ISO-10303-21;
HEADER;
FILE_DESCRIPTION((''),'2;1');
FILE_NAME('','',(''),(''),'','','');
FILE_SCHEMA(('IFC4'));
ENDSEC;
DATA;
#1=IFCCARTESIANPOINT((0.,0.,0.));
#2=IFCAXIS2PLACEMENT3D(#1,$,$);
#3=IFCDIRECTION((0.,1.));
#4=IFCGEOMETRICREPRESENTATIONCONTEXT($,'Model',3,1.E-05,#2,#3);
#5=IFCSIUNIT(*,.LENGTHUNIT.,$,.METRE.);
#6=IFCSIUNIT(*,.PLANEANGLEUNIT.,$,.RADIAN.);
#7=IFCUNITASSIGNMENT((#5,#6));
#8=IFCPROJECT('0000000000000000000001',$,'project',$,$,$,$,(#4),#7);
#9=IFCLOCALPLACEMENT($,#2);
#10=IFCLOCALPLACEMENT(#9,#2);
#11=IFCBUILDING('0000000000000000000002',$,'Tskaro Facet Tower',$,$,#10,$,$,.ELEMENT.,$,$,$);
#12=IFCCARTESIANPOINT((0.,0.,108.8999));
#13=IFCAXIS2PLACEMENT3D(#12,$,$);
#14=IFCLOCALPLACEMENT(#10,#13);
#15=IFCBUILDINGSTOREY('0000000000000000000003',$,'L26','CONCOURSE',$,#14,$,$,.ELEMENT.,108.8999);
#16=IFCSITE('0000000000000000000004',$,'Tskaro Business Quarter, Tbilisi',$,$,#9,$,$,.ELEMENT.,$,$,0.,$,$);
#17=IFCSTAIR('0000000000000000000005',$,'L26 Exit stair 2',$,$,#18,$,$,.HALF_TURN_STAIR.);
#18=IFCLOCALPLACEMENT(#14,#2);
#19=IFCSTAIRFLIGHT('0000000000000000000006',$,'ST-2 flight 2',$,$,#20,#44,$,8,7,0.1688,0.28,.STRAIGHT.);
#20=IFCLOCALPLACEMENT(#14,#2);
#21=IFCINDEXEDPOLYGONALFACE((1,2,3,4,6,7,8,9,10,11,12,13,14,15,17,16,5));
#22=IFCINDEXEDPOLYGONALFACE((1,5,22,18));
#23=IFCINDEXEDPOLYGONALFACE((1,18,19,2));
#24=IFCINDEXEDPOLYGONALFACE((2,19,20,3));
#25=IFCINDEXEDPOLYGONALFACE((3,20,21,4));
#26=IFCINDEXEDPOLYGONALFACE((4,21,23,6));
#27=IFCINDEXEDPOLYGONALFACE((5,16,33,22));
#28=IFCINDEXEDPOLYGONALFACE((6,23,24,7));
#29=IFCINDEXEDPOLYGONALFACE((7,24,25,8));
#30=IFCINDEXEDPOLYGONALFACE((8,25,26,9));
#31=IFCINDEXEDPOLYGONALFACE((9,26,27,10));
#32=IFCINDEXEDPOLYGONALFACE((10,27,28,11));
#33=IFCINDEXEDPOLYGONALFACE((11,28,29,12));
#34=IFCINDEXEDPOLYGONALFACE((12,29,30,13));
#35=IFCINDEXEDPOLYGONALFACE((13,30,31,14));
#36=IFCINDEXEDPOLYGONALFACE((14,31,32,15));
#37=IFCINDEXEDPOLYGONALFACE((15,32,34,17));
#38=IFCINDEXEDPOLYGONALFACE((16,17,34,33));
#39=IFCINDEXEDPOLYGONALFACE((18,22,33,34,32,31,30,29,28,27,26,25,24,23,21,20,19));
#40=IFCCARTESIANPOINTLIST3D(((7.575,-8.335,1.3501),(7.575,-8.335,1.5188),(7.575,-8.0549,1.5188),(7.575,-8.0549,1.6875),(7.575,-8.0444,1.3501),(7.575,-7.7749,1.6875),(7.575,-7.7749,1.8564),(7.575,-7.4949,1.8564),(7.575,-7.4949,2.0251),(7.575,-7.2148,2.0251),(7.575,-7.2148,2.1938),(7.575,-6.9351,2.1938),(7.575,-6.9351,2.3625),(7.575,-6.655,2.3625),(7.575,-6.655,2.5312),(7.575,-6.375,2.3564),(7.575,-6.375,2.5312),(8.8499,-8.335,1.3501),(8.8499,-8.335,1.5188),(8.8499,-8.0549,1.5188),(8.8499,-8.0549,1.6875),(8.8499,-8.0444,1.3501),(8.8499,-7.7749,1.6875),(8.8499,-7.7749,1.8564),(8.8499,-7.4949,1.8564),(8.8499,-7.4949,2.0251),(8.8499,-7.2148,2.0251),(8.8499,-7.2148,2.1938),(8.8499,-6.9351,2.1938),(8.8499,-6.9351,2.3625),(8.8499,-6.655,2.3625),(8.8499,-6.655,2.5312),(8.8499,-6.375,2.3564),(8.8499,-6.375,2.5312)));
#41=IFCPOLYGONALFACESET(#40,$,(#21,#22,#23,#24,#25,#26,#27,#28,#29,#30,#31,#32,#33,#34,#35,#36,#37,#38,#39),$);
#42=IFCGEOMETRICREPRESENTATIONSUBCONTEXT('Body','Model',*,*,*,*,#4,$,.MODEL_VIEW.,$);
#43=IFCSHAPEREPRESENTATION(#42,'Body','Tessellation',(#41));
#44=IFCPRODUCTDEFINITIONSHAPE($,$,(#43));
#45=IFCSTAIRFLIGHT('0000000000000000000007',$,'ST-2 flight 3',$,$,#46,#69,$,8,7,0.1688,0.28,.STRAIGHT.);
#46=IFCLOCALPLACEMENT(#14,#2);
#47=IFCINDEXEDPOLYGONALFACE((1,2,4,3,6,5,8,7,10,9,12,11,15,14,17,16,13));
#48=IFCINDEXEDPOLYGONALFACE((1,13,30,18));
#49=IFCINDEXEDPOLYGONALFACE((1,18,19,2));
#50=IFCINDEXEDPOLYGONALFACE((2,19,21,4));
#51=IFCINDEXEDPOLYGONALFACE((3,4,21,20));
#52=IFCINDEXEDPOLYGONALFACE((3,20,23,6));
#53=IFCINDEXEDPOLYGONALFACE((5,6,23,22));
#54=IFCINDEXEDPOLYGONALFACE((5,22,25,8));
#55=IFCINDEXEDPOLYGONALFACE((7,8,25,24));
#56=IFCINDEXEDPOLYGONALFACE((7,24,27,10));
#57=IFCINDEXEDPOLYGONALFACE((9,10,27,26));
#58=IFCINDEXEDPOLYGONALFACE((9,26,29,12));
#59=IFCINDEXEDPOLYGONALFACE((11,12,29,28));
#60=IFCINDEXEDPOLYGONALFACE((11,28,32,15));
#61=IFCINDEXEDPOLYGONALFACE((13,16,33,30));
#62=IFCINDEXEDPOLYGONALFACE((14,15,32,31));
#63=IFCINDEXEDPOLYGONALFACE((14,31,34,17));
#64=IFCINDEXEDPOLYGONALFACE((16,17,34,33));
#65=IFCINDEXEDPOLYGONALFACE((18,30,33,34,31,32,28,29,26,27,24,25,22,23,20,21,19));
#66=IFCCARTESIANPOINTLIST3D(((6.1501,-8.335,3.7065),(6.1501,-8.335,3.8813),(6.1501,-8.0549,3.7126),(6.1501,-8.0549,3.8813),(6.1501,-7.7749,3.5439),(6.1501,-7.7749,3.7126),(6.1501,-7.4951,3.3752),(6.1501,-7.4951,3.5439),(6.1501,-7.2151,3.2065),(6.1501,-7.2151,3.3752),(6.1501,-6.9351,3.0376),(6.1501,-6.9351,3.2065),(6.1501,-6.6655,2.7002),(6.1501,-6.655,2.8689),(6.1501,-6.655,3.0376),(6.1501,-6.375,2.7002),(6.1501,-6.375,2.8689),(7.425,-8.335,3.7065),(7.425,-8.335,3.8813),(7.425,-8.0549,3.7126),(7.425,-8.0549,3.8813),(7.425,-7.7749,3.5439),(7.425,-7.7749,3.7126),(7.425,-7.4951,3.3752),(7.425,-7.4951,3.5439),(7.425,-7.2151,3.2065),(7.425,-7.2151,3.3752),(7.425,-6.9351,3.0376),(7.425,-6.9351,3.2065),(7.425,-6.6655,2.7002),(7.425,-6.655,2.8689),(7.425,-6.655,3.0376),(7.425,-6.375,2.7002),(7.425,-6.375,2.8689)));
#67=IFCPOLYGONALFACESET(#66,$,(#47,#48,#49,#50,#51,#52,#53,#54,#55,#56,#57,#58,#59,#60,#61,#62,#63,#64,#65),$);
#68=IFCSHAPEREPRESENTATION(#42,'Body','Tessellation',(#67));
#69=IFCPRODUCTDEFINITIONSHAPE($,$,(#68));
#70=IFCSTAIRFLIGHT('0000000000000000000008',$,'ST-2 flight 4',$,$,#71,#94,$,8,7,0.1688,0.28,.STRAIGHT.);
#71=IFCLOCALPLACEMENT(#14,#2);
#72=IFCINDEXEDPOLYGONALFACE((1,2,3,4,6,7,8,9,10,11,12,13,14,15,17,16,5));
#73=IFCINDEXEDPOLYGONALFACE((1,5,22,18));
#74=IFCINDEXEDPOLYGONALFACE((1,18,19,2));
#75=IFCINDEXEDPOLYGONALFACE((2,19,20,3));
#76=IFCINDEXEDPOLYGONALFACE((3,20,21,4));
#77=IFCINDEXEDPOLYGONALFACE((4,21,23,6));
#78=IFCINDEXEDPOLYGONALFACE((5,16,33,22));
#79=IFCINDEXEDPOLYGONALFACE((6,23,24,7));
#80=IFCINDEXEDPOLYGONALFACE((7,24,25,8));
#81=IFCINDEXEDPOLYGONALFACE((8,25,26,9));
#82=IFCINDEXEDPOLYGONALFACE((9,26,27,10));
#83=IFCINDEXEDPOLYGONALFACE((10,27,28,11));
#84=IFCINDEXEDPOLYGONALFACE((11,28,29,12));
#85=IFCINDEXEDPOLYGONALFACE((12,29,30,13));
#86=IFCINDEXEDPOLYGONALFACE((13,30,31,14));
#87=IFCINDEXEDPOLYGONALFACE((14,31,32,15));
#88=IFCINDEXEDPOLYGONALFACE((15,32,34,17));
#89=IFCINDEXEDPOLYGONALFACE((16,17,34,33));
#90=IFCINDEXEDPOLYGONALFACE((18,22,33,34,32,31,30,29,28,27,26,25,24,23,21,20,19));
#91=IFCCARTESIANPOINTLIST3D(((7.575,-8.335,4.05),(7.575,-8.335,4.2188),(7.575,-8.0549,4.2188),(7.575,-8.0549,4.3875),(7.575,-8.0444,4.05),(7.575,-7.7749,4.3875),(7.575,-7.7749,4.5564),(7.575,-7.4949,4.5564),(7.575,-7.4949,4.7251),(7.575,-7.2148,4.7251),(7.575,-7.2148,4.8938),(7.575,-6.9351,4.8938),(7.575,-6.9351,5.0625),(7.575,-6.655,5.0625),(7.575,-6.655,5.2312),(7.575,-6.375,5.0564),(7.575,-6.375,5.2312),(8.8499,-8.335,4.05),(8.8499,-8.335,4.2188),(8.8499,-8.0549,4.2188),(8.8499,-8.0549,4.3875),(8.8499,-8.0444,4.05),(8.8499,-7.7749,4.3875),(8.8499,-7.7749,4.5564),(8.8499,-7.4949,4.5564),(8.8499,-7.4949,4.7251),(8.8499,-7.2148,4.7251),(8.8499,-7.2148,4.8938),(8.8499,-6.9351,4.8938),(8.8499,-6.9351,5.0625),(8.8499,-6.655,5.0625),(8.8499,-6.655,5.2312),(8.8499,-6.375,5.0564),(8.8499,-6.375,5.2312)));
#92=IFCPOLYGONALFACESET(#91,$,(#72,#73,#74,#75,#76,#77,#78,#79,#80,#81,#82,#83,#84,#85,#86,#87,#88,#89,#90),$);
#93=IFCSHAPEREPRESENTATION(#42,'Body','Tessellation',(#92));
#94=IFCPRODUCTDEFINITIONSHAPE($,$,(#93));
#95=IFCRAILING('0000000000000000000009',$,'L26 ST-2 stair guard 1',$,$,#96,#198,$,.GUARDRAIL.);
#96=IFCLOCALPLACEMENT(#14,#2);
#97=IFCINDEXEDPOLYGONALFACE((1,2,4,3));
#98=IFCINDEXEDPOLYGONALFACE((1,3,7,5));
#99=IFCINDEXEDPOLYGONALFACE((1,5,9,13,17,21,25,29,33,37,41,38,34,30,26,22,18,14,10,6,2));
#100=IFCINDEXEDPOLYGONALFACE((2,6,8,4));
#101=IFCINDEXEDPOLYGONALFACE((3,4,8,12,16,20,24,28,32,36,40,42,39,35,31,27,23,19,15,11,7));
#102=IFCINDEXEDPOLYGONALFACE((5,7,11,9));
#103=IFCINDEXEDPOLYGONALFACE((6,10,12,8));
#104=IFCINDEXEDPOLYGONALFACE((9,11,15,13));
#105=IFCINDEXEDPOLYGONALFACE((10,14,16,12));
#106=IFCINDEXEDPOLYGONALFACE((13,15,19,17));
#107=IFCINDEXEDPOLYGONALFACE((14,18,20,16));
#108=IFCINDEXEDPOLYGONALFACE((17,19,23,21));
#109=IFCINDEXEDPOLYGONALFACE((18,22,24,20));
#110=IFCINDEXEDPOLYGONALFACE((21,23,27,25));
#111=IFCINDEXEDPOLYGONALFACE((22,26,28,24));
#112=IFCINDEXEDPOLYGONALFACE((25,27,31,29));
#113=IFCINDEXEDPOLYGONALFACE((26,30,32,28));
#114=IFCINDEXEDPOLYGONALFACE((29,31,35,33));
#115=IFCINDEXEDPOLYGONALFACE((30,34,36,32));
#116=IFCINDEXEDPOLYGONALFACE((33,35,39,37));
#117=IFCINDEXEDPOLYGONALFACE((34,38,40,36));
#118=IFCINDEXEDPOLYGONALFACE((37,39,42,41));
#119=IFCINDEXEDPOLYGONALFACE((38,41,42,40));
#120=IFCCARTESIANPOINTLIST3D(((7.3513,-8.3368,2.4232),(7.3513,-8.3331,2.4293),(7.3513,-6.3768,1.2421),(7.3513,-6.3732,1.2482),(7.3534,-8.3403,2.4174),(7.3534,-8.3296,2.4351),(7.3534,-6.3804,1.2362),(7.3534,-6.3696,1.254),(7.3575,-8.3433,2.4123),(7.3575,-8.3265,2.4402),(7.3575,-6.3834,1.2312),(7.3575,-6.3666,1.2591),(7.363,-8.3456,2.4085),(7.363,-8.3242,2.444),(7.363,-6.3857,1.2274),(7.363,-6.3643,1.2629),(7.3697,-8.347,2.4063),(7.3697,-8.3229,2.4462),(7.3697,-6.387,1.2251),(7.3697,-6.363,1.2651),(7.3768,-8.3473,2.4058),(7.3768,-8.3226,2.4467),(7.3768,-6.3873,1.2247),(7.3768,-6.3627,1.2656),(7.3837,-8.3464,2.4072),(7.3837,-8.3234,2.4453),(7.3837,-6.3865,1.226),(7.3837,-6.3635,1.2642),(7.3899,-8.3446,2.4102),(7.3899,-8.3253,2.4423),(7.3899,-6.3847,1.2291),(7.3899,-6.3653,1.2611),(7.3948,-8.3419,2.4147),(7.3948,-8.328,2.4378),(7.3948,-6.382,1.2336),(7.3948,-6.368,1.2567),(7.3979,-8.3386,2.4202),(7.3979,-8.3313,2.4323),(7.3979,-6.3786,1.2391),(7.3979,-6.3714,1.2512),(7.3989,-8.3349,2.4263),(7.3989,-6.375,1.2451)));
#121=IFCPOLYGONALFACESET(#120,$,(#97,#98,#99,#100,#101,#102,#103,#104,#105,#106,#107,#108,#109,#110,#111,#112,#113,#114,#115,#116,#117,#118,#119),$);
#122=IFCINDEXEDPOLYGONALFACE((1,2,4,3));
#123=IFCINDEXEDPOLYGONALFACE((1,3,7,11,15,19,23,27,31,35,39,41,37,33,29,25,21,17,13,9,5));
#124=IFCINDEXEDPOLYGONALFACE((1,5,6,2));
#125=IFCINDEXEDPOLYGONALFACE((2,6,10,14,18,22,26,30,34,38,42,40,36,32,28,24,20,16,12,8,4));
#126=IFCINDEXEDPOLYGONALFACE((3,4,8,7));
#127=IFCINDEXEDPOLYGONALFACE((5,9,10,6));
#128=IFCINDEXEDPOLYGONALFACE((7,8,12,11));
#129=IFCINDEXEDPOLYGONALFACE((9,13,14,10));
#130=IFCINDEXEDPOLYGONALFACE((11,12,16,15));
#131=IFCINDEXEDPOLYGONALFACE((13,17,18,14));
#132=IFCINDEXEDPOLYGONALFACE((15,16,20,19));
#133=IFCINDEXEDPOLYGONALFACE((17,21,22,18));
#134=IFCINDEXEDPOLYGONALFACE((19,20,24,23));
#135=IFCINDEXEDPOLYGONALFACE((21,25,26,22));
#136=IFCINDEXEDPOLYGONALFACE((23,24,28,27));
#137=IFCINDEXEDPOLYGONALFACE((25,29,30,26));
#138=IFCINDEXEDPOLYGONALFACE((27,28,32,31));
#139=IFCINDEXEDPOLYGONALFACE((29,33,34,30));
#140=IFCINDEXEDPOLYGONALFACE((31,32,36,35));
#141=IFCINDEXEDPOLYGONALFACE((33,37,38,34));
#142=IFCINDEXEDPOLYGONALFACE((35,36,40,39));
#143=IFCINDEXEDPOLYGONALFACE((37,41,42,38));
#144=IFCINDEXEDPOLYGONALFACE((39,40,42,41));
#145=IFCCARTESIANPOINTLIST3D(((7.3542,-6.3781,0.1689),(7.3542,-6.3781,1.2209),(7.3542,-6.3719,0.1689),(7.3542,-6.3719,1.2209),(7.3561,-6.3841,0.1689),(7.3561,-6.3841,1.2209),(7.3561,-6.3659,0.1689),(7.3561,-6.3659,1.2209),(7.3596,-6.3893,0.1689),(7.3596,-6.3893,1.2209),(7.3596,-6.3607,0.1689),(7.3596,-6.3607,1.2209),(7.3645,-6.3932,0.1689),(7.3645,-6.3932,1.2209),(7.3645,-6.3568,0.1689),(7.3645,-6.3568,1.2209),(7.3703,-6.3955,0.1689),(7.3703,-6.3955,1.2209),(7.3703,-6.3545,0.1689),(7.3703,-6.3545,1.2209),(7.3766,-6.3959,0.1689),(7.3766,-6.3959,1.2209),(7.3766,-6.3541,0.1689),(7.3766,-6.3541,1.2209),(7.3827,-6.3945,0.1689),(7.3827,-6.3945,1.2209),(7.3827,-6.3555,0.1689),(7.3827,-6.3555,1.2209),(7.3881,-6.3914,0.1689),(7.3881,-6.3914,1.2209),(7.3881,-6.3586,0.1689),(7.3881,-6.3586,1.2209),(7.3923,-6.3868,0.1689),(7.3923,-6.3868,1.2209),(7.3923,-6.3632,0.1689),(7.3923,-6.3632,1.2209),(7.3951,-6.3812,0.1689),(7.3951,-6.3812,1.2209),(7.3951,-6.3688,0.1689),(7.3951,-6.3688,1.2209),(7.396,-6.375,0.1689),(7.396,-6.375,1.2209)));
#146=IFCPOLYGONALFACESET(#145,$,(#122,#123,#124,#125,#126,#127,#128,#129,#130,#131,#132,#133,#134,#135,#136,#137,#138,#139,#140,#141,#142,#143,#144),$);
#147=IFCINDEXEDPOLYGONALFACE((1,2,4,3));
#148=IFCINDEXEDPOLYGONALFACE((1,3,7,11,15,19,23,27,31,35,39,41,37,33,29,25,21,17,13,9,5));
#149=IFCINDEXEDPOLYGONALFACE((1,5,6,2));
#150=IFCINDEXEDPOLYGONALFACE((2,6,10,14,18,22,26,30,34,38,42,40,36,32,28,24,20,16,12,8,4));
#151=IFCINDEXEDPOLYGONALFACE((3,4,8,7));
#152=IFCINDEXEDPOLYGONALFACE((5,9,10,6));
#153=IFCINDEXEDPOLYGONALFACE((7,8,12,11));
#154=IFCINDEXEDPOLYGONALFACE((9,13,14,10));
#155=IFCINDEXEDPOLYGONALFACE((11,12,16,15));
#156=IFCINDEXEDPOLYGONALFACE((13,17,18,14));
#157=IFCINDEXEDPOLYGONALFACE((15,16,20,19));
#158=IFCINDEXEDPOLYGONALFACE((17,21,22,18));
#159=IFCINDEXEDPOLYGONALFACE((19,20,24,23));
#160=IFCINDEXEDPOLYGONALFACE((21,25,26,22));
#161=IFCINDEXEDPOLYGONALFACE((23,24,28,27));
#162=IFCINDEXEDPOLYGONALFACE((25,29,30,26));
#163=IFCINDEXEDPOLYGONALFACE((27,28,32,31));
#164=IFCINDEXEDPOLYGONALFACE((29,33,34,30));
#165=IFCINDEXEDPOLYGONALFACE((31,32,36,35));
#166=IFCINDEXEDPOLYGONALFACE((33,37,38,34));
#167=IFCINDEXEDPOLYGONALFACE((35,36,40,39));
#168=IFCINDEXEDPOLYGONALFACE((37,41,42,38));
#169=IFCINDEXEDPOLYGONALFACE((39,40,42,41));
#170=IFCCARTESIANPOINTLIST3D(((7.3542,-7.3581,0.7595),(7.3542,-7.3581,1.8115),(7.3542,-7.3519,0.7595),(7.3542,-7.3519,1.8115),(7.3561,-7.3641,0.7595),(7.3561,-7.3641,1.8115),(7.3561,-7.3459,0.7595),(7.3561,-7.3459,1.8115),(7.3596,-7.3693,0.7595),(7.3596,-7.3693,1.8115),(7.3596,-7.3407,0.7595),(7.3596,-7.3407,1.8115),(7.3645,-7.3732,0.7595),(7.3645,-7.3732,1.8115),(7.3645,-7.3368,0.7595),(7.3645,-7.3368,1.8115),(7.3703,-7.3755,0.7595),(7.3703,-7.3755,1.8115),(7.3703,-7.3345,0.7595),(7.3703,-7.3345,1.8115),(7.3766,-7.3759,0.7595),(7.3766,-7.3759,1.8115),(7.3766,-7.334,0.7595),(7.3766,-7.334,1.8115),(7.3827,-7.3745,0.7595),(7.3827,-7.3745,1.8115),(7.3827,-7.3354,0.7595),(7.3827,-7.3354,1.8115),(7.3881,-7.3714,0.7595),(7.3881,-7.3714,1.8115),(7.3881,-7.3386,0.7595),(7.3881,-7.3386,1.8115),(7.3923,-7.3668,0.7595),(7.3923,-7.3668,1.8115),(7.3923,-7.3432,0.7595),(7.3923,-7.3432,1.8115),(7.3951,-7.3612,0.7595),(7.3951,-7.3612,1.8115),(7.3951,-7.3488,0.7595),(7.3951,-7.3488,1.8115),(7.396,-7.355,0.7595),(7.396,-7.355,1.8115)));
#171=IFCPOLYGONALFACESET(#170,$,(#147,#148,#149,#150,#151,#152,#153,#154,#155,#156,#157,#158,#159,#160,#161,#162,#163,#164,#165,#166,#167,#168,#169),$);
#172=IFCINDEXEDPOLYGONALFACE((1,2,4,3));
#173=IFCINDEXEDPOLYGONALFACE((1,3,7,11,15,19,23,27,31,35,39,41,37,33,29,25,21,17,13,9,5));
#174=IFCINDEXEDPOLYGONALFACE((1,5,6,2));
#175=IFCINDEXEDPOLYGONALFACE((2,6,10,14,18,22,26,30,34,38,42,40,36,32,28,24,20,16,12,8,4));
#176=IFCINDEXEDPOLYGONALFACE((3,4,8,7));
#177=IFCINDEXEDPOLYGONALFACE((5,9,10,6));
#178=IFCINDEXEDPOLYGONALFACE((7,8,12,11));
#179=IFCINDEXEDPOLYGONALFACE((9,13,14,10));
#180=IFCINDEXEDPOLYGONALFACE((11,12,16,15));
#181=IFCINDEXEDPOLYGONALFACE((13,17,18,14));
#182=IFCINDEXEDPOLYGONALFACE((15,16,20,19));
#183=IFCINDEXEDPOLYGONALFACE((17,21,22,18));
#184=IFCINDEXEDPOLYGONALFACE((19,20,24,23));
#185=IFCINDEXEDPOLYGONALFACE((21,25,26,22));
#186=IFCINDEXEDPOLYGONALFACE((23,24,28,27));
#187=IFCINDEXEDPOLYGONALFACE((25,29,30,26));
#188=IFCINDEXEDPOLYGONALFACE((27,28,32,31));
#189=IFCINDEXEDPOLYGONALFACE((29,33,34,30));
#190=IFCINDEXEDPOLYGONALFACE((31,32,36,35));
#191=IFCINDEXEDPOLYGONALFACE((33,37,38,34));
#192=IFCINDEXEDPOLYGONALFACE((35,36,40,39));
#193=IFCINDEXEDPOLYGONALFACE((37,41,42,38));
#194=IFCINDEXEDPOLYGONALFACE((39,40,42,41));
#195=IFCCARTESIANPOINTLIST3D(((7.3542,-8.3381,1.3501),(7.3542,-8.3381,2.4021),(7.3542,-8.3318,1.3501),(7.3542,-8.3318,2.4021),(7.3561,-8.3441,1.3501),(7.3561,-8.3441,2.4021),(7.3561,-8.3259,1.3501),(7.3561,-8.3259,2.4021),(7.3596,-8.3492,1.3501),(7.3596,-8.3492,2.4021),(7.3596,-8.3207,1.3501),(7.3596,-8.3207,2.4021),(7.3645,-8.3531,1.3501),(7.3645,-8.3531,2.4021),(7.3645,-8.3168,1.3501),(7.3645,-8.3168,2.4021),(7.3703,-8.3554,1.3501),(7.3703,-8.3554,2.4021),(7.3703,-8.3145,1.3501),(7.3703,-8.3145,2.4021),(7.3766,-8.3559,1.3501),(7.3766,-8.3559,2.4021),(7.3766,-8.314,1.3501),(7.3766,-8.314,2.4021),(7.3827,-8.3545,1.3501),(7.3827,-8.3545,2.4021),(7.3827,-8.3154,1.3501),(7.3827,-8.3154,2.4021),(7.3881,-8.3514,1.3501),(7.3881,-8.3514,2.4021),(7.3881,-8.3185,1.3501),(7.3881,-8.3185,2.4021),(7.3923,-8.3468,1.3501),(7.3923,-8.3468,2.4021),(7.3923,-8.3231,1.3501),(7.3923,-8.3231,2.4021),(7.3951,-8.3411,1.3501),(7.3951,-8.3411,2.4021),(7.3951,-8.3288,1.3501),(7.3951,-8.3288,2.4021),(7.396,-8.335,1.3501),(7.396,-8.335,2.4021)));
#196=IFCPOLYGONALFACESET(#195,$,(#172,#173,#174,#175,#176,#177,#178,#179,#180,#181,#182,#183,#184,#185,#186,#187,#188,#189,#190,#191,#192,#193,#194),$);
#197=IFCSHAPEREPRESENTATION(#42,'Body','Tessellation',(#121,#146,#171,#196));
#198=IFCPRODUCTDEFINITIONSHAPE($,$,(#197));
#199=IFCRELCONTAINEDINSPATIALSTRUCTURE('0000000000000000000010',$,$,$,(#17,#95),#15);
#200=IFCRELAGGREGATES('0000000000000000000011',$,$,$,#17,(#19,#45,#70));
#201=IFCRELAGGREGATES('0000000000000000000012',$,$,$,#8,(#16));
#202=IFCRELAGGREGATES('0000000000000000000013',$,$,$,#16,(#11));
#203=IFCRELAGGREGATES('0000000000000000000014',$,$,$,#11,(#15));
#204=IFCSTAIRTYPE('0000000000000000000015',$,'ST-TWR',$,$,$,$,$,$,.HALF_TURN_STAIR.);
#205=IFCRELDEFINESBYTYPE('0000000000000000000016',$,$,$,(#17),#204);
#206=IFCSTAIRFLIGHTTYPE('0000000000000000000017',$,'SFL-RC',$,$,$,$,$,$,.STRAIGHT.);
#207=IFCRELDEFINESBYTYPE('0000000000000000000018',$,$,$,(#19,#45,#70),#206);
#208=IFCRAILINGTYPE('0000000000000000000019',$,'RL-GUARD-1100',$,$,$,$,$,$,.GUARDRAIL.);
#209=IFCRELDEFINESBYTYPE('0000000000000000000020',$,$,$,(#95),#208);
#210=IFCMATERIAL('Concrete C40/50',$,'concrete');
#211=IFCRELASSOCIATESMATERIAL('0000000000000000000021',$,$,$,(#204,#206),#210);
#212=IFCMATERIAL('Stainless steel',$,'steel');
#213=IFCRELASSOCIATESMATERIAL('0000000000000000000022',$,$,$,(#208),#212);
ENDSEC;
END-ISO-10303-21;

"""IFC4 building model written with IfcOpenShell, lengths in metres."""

from ifc_helpers import new_model, si_unit, direction, frame, origin, origin_2d, place, context, subcontext, project, spatial, polyline, circle, outline, extrude, material, type_object, element, aggregate, save


model = new_model("IFC4")

# Units and contexts
model_context = context("Model", 3, precision=1e-05, world=origin(), true_north=direction((0.0, 1.0)))
body_context = subcontext(model_context, "Body", "Model", "MODEL_VIEW")
ifc_project = project(units=[si_unit("LENGTHUNIT", "METRE"), si_unit("PLANEANGLEUNIT", "RADIAN")], contexts=[model_context])

# Site, building, storey
site_placement = place(None, origin())
site = spatial("IfcSite", under=ifc_project, at=site_placement, Name="Tskaro Business Quarter, Tbilisi", CompositionType="ELEMENT", RefElevation=0.0)
building_placement = place(site_placement, origin())
building = spatial("IfcBuilding", under=site, at=building_placement, Name="Tskaro Facet Tower", CompositionType="ELEMENT")
storey_placement = place(building_placement, frame((0.0, 0.0, 108.8999)))
storey = spatial("IfcBuildingStorey", under=building, at=storey_placement, Name="L26", Description="CONCOURSE", CompositionType="ELEMENT", Elevation=108.8999)

# Shared definitions
ifc_material_1 = material(Name="Stainless steel", Category="steel")

# Shared definitions
ifc_material_2 = material(Name="Concrete C40/50", Category="concrete")

# Stair, stair flights
stair_type = type_object("IfcStairType", Name="ST-TWR", PredefinedType="HALF_TURN_STAIR", material=ifc_material_2)
stair_placement = place(storey_placement, origin())
stair = element("IfcStair", 1, at=stair_placement, inside=storey, type_object=stair_type, Name="L26 Exit stair 2", PredefinedType="HALF_TURN_STAIR")
stair_flight_type = type_object("IfcStairFlightType", Name="SFL-RC", PredefinedType="STRAIGHT", material=ifc_material_2)
stair_flight_1_placement = place(storey_placement, frame((8.2124, -8.335, 1.3501), z_axis=(0.0, 0.0, 1.0), x_axis=(0.0, 1.0, 0.0)))
stair_flight_1 = element("IfcStairFlight", 2, at=stair_flight_1_placement, type_object=stair_flight_type, Name="ST-2 flight 2", NumberOfRisers=8, NumberOfTreads=7, PredefinedType="STRAIGHT", RiserHeight=0.1688, TreadLength=0.28, context=body_context, shape_type="SweptSolid", body=[
    extrude(outline(polyline([(0.0, 0.0), (0.0, 0.1687), (0.28, 0.1687), (0.28, 0.3374), (0.5601, 0.3374), (0.5601, 0.5063), (0.8401, 0.5063), (0.8401, 0.675), (1.1201, 0.675), (1.1201, 0.8438), (1.3999, 0.8438), (1.3999, 1.0125), (1.6799, 1.0125), (1.6799, 1.1812), (1.96, 1.1812), (1.96, 1.3501), (1.96, 1.0063), (0.2905, 0.0), (0.0, 0.0)])), frame((0.0, 0.6375, 0.0), z_axis=(0.0, -1.0, 0.0), x_axis=(1.0, 0.0, 0.0)), (0.0, 0.0, 1.0), 1.2749),
])
stair_flight_2_placement = place(storey_placement, frame((6.7876, -6.375, 2.7002), z_axis=(0.0, 0.0, 1.0), x_axis=(0.0, -1.0, 0.0)))
stair_flight_2 = element("IfcStairFlight", 3, at=stair_flight_2_placement, type_object=stair_flight_type, Name="ST-2 flight 3", NumberOfRisers=8, NumberOfTreads=7, PredefinedType="STRAIGHT", RiserHeight=0.1688, TreadLength=0.28, context=body_context, shape_type="SweptSolid", body=[
    extrude(outline(polyline([(0.0, 0.0), (0.0, 0.1687), (0.28, 0.1687), (0.28, 0.3374), (0.5601, 0.3374), (0.5601, 0.5063), (0.8401, 0.5063), (0.8401, 0.675), (1.1201, 0.675), (1.1201, 0.8438), (1.3999, 0.8438), (1.3999, 1.0125), (1.6799, 1.0125), (1.6799, 1.1812), (1.96, 1.1812), (1.96, 1.3501), (1.96, 1.0063), (0.2905, 0.0), (0.0, 0.0)])), frame((0.0, 0.6375, 0.0), z_axis=(0.0, -1.0, 0.0), x_axis=(1.0, 0.0, 0.0)), (0.0, 0.0, 1.0), 1.2749),
])
stair_flight_3_placement = place(storey_placement, frame((8.2124, -8.335, 4.05), z_axis=(0.0, 0.0, 1.0), x_axis=(0.0, 1.0, 0.0)))
stair_flight_3 = element("IfcStairFlight", 4, at=stair_flight_3_placement, type_object=stair_flight_type, Name="ST-2 flight 4", NumberOfRisers=8, NumberOfTreads=7, PredefinedType="STRAIGHT", RiserHeight=0.1688, TreadLength=0.28, context=body_context, shape_type="SweptSolid", body=[
    extrude(outline(polyline([(0.0, 0.0), (0.0, 0.1687), (0.28, 0.1687), (0.28, 0.3374), (0.5601, 0.3374), (0.5601, 0.5063), (0.8401, 0.5063), (0.8401, 0.675), (1.1201, 0.675), (1.1201, 0.8438), (1.3999, 0.8438), (1.3999, 1.0125), (1.6799, 1.0125), (1.6799, 1.1812), (1.96, 1.1812), (1.96, 1.3501), (1.96, 1.0063), (0.2905, 0.0), (0.0, 0.0)])), frame((0.0, 0.6375, 0.0), z_axis=(0.0, -1.0, 0.0), x_axis=(1.0, 0.0, 0.0)), (0.0, 0.0, 1.0), 1.2749),
])
aggregate(stair, [stair_flight_1, stair_flight_2, stair_flight_3])

# Railing
railing_type_1 = type_object("IfcRailingType", Name="RL-GUARD-1100", PredefinedType="GUARDRAIL", material=ifc_material_1)
railing_1_placement = place(storey_placement, frame((7.375, -6.375, 0.1689)))
element("IfcRailing", 5, at=railing_1_placement, inside=storey, type_object=railing_type_1, Name="L26 ST-2 stair guard 1", PredefinedType="GUARDRAIL", context=body_context, shape_type="SweptSolid", body=[
    extrude(circle(Radius=0.0239, at=origin_2d()), frame((0.0, 0.0, 1.0762), z_axis=(0.0, -0.856493, 0.516158), x_axis=(1.0, 0.0, 0.0)), (0.0, 0.0, 1.0), 2.2883),
    extrude(circle(Radius=0.021, at=origin_2d()), origin(), (0.0, 0.0, 1.0), 1.052),
    extrude(circle(Radius=0.021, at=origin_2d()), frame((0.0, -0.98, 0.5906)), (0.0, 0.0, 1.0), 1.052),
    extrude(circle(Radius=0.021, at=origin_2d()), frame((0.0, -1.96, 1.1812)), (0.0, 0.0, 1.0), 1.052),
])

save(model, "model.ifc")
